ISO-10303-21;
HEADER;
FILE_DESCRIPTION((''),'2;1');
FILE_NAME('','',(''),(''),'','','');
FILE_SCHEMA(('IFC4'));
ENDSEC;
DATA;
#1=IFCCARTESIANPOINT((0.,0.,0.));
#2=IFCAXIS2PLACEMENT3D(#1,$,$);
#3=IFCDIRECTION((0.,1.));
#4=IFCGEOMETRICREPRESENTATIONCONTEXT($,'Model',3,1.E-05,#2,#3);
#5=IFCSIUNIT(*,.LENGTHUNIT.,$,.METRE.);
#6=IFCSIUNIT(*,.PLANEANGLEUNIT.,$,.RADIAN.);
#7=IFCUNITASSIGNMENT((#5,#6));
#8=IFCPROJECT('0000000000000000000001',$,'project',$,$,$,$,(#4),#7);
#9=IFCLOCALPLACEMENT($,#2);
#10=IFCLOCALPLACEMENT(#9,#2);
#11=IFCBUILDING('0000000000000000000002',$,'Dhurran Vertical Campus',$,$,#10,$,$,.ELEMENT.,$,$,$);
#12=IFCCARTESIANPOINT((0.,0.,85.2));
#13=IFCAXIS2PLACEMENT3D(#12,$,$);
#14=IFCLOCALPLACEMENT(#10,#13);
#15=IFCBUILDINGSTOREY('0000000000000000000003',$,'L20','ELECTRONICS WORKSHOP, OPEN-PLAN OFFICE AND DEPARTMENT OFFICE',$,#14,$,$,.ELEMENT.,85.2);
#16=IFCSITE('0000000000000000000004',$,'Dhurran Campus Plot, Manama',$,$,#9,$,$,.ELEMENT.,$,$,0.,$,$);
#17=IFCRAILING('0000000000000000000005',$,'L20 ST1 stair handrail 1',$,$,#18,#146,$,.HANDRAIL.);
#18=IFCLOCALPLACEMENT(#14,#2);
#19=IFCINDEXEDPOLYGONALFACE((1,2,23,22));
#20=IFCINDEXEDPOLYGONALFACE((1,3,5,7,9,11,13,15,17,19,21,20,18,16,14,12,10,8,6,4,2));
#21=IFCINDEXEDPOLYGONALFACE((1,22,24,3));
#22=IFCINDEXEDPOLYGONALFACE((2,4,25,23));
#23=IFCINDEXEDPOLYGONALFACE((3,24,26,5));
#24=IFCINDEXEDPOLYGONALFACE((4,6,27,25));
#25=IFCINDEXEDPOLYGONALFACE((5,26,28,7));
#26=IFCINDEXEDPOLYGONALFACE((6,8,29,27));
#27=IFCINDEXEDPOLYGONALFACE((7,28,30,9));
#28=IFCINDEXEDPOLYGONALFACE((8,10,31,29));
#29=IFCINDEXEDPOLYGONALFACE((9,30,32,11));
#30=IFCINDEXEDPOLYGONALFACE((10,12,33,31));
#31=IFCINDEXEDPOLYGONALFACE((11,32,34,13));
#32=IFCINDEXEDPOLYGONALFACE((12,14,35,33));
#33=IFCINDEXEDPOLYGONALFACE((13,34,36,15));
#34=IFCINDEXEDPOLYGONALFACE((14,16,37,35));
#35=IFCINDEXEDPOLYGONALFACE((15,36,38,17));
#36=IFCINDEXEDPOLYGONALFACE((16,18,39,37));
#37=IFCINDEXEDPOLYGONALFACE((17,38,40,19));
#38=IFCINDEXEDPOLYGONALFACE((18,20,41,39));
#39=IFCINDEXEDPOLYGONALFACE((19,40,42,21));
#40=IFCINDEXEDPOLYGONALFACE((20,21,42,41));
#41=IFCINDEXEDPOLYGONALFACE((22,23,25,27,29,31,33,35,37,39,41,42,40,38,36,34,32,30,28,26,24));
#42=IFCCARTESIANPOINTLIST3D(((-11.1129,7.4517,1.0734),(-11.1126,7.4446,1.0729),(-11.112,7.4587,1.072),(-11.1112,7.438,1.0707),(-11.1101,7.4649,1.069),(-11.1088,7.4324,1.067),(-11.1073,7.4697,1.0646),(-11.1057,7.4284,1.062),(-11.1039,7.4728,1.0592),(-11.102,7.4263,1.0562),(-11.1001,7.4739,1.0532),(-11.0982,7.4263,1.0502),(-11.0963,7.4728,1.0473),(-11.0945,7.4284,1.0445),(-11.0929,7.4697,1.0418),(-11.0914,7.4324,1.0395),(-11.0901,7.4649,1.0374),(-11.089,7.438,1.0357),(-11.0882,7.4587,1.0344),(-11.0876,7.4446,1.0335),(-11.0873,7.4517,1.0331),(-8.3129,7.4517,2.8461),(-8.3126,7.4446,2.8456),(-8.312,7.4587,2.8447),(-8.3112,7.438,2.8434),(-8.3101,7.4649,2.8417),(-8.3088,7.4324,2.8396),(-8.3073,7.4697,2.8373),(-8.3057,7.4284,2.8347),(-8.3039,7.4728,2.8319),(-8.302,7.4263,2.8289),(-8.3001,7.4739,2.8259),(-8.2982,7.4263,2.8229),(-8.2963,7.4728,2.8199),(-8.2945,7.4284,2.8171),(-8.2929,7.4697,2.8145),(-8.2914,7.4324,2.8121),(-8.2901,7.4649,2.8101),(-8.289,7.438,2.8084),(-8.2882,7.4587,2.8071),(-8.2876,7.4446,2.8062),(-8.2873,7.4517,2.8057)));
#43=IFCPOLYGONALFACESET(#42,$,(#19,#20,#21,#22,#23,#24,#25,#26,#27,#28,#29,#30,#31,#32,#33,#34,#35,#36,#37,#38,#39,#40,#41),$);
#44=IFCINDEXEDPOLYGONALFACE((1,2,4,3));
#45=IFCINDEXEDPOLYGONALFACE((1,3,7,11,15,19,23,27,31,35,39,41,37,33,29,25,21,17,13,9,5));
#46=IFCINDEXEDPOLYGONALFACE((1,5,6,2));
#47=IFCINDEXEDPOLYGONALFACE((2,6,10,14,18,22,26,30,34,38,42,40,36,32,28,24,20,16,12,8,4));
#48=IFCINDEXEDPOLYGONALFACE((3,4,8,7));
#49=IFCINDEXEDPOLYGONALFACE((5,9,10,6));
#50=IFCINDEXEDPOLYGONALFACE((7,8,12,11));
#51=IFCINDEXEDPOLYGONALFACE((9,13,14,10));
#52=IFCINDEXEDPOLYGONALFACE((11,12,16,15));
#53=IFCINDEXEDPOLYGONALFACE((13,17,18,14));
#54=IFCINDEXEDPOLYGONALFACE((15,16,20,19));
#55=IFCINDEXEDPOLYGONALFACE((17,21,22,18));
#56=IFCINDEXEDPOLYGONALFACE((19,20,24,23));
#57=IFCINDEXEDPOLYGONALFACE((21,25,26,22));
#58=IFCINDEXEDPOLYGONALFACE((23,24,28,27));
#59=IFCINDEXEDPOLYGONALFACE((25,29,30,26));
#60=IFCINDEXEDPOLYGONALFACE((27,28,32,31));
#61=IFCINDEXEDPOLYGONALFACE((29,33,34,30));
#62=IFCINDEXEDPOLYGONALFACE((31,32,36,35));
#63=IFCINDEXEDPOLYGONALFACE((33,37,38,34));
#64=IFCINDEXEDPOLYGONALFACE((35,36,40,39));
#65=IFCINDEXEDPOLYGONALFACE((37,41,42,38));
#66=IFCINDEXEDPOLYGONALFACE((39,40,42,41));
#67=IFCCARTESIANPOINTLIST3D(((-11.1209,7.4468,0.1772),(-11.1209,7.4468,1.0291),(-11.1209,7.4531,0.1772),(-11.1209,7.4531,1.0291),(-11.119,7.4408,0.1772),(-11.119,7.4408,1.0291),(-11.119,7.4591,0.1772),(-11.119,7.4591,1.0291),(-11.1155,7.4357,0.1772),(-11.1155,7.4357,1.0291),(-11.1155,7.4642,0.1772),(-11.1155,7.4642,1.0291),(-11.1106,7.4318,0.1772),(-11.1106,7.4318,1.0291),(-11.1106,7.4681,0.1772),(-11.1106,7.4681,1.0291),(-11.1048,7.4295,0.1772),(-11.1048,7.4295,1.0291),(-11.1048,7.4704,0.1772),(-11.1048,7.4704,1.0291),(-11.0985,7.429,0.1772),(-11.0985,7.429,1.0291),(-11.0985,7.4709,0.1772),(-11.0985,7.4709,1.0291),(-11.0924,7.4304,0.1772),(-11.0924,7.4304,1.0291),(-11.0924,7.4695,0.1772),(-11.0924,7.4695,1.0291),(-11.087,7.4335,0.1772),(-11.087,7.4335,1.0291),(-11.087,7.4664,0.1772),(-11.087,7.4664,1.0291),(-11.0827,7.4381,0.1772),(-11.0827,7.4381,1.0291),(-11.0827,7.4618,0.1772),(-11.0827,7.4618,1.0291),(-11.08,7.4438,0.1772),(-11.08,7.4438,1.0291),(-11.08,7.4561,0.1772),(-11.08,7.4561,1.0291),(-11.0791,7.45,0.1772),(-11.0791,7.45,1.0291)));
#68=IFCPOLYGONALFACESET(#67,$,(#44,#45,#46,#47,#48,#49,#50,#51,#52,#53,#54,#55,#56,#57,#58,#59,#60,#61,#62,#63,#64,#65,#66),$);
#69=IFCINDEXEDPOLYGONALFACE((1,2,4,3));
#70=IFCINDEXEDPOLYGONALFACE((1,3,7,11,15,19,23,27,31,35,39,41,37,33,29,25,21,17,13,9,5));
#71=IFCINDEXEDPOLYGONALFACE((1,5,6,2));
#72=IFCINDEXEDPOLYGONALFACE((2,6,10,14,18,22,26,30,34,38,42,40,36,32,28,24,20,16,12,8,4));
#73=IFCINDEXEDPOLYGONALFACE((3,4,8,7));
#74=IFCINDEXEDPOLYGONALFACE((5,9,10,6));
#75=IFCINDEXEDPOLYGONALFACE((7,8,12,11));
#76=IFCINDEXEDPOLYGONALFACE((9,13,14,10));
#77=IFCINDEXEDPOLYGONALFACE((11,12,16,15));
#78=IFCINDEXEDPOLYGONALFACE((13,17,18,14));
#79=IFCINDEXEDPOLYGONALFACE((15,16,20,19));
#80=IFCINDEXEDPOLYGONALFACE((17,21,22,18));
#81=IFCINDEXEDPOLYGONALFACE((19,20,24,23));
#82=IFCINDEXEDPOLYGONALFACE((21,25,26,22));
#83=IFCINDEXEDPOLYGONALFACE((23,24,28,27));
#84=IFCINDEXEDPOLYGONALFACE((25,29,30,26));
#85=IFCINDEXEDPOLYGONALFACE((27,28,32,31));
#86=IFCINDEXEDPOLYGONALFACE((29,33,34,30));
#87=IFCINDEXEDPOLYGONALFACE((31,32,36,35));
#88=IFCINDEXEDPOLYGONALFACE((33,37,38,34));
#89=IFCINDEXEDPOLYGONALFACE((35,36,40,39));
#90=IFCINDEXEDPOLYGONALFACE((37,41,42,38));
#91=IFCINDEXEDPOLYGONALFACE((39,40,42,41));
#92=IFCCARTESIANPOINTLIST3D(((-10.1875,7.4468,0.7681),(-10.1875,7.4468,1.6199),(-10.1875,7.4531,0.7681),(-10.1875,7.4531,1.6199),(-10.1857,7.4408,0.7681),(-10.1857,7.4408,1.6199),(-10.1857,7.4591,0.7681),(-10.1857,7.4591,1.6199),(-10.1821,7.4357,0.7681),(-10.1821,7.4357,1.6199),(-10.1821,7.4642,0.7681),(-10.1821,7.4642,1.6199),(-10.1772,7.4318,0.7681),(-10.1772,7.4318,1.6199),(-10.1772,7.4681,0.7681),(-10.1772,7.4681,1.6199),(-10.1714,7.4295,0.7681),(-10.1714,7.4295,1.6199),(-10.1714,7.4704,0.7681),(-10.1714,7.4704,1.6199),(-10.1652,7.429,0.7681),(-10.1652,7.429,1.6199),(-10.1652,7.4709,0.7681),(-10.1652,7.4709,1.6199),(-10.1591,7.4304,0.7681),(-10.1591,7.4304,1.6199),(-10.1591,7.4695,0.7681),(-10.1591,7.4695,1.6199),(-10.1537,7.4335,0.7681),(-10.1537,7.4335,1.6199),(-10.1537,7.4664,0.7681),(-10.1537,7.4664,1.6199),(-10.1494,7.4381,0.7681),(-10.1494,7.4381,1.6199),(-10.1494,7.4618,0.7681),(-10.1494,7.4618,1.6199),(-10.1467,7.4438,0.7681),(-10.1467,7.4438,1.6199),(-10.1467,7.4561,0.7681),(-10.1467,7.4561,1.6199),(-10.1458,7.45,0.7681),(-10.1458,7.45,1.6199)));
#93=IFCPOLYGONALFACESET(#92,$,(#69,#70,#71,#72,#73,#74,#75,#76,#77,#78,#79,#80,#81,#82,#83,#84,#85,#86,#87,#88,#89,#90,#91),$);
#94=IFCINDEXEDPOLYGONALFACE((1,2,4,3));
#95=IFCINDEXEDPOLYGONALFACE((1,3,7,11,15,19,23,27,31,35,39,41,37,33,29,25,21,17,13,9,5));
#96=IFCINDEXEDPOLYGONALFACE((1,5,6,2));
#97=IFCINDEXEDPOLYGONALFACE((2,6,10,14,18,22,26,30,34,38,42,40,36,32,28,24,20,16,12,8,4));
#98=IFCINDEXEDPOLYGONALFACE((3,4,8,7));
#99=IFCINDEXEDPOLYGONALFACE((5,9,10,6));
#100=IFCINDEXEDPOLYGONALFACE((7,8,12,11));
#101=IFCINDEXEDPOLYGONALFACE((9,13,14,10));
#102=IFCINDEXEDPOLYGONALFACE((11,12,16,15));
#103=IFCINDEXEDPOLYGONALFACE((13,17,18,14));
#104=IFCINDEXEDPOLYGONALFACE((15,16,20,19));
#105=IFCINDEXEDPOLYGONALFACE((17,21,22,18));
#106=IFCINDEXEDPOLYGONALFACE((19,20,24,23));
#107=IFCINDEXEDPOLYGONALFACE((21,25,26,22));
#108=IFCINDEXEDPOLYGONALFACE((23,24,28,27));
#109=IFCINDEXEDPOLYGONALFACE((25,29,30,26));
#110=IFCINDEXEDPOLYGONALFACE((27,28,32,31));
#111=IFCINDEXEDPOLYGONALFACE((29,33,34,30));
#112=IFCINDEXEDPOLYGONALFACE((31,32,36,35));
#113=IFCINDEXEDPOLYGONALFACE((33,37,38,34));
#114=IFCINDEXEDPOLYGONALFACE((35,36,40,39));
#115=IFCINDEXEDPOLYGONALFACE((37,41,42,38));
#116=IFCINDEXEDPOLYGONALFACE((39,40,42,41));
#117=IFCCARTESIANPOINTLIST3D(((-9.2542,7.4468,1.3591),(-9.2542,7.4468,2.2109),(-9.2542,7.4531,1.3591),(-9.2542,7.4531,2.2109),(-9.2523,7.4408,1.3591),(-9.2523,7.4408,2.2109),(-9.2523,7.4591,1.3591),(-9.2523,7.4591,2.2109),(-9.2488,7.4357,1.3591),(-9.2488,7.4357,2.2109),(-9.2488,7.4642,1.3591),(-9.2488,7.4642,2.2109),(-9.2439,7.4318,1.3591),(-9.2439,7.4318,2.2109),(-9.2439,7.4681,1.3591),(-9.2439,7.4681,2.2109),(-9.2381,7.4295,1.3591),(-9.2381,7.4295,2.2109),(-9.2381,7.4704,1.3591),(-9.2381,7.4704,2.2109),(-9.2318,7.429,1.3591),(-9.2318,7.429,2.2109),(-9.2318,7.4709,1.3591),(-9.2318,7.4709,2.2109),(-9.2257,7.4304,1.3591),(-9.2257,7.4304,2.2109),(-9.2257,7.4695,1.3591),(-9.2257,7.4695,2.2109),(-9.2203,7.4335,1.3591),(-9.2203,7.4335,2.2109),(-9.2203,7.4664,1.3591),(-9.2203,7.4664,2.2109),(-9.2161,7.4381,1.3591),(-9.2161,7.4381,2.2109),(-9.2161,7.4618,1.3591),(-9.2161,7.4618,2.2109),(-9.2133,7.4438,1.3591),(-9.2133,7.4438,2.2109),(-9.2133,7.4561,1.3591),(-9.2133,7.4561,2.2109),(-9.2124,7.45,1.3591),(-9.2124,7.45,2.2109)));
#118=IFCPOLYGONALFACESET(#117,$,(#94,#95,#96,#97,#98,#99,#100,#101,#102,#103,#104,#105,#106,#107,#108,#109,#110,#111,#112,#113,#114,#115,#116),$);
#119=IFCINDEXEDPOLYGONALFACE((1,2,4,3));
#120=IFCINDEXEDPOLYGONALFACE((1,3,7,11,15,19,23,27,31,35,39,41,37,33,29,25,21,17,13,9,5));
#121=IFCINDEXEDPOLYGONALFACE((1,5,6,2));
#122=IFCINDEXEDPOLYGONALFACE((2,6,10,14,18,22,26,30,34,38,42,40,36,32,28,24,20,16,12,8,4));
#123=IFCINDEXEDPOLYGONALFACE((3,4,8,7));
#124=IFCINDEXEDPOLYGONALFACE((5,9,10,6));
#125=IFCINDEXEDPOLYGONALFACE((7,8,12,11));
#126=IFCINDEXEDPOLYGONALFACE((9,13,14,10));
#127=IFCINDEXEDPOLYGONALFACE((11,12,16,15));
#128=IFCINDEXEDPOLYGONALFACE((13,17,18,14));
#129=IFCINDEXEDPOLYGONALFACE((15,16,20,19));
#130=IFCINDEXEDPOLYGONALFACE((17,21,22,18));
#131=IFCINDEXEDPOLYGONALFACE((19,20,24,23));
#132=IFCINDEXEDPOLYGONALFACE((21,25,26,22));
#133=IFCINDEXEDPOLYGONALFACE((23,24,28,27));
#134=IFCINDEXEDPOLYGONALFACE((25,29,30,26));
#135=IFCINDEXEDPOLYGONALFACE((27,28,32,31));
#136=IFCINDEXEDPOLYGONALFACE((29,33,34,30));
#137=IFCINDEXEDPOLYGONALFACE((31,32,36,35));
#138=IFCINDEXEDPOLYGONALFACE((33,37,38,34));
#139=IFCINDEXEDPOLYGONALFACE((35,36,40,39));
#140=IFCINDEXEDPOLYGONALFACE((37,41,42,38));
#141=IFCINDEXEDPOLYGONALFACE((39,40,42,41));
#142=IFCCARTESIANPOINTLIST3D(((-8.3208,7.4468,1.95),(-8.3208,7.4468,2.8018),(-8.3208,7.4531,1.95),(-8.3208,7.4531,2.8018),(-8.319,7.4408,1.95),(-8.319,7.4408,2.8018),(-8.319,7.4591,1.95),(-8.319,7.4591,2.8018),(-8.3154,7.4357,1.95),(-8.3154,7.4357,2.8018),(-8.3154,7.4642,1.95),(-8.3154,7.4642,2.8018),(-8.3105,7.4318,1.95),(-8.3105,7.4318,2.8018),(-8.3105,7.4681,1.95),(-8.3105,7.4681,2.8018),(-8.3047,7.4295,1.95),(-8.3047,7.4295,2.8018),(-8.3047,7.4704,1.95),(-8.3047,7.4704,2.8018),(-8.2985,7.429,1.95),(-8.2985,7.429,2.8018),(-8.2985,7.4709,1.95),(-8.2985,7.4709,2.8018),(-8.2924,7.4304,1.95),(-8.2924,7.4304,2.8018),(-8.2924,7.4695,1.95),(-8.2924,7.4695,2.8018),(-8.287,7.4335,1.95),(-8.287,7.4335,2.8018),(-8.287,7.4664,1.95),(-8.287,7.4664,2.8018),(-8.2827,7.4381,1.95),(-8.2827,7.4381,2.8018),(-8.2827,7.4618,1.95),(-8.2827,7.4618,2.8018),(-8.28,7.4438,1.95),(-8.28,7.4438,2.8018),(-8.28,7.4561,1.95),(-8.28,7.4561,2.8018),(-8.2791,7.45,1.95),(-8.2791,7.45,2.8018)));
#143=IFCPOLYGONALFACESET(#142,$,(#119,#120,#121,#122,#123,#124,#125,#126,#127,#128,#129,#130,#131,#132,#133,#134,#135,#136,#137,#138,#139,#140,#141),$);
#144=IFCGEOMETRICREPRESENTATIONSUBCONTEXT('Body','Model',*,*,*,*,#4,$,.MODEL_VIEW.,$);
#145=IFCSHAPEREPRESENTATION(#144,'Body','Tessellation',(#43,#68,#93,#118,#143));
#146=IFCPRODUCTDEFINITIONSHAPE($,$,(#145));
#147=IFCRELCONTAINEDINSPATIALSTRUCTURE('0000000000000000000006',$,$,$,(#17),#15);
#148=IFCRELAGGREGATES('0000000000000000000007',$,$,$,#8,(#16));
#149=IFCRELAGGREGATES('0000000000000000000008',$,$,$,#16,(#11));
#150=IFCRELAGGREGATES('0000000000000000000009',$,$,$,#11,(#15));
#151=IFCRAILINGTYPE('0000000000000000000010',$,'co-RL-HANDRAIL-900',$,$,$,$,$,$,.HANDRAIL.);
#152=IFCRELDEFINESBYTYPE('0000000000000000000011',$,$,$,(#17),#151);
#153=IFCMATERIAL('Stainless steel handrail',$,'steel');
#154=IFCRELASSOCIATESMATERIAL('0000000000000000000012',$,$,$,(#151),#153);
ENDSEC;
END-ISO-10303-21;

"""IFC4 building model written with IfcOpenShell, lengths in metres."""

from ifc_helpers import new_model, si_unit, direction, frame, origin, origin_2d, place, context, subcontext, project, spatial, circle, extrude, material, type_object, element, save


model = new_model("IFC4")

# Units and contexts
model_context = context("Model", 3, precision=1e-05, world=origin(), true_north=direction((0.0, 1.0)))
body_context = subcontext(model_context, "Body", "Model", "MODEL_VIEW")
ifc_project = project(units=[si_unit("LENGTHUNIT", "METRE"), si_unit("PLANEANGLEUNIT", "RADIAN")], contexts=[model_context])

# Site, building, storey
site_placement = place(None, origin())
site = spatial("IfcSite", under=ifc_project, at=site_placement, Name="Dhurran Campus Plot, Manama", CompositionType="ELEMENT", RefElevation=0.0)
building_placement = place(site_placement, origin())
building = spatial("IfcBuilding", under=site, at=building_placement, Name="Dhurran Vertical Campus", CompositionType="ELEMENT")
storey_placement = place(building_placement, frame((0.0, 0.0, 85.2)))
storey = spatial("IfcBuildingStorey", under=building, at=storey_placement, Name="L20", Description="ELECTRONICS WORKSHOP, OPEN-PLAN OFFICE AND DEPARTMENT OFFICE", CompositionType="ELEMENT", Elevation=85.2)

# Railing
ifc_material_1 = material(Name="Stainless steel handrail", Category="steel")
railing_type_1 = type_object("IfcRailingType", Name="co-RL-HANDRAIL-900", PredefinedType="HANDRAIL", material=ifc_material_1)
railing_1_placement = place(storey_placement, frame((-11.1001, 7.45, 0.1772)))
element("IfcRailing", 1, at=railing_1_placement, inside=storey, type_object=railing_type_1, Name="L20 ST1 stair handrail 1", PredefinedType="HANDRAIL", context=body_context, shape_type="SweptSolid", body=[
    extrude(circle(Radius=0.0239, at=origin_2d()), frame((0.0, 0.0, 0.876), z_axis=(0.844909, 0.0, 0.53491), x_axis=(0.0, 1.0, 0.0)), (0.0, 0.0, 1.0), 3.314),
    extrude(circle(Radius=0.021, at=origin_2d()), origin(), (0.0, 0.0, 1.0), 0.8518),
    extrude(circle(Radius=0.021, at=origin_2d()), frame((0.9333, 0.0, 0.5908)), (0.0, 0.0, 1.0), 0.8518),
    extrude(circle(Radius=0.021, at=origin_2d()), frame((1.8667, 0.0, 1.1819)), (0.0, 0.0, 1.0), 0.8518),
    extrude(circle(Radius=0.021, at=origin_2d()), frame((2.8, 0.0, 1.7727)), (0.0, 0.0, 1.0), 0.8518),
])

save(model, "model.ifc")
